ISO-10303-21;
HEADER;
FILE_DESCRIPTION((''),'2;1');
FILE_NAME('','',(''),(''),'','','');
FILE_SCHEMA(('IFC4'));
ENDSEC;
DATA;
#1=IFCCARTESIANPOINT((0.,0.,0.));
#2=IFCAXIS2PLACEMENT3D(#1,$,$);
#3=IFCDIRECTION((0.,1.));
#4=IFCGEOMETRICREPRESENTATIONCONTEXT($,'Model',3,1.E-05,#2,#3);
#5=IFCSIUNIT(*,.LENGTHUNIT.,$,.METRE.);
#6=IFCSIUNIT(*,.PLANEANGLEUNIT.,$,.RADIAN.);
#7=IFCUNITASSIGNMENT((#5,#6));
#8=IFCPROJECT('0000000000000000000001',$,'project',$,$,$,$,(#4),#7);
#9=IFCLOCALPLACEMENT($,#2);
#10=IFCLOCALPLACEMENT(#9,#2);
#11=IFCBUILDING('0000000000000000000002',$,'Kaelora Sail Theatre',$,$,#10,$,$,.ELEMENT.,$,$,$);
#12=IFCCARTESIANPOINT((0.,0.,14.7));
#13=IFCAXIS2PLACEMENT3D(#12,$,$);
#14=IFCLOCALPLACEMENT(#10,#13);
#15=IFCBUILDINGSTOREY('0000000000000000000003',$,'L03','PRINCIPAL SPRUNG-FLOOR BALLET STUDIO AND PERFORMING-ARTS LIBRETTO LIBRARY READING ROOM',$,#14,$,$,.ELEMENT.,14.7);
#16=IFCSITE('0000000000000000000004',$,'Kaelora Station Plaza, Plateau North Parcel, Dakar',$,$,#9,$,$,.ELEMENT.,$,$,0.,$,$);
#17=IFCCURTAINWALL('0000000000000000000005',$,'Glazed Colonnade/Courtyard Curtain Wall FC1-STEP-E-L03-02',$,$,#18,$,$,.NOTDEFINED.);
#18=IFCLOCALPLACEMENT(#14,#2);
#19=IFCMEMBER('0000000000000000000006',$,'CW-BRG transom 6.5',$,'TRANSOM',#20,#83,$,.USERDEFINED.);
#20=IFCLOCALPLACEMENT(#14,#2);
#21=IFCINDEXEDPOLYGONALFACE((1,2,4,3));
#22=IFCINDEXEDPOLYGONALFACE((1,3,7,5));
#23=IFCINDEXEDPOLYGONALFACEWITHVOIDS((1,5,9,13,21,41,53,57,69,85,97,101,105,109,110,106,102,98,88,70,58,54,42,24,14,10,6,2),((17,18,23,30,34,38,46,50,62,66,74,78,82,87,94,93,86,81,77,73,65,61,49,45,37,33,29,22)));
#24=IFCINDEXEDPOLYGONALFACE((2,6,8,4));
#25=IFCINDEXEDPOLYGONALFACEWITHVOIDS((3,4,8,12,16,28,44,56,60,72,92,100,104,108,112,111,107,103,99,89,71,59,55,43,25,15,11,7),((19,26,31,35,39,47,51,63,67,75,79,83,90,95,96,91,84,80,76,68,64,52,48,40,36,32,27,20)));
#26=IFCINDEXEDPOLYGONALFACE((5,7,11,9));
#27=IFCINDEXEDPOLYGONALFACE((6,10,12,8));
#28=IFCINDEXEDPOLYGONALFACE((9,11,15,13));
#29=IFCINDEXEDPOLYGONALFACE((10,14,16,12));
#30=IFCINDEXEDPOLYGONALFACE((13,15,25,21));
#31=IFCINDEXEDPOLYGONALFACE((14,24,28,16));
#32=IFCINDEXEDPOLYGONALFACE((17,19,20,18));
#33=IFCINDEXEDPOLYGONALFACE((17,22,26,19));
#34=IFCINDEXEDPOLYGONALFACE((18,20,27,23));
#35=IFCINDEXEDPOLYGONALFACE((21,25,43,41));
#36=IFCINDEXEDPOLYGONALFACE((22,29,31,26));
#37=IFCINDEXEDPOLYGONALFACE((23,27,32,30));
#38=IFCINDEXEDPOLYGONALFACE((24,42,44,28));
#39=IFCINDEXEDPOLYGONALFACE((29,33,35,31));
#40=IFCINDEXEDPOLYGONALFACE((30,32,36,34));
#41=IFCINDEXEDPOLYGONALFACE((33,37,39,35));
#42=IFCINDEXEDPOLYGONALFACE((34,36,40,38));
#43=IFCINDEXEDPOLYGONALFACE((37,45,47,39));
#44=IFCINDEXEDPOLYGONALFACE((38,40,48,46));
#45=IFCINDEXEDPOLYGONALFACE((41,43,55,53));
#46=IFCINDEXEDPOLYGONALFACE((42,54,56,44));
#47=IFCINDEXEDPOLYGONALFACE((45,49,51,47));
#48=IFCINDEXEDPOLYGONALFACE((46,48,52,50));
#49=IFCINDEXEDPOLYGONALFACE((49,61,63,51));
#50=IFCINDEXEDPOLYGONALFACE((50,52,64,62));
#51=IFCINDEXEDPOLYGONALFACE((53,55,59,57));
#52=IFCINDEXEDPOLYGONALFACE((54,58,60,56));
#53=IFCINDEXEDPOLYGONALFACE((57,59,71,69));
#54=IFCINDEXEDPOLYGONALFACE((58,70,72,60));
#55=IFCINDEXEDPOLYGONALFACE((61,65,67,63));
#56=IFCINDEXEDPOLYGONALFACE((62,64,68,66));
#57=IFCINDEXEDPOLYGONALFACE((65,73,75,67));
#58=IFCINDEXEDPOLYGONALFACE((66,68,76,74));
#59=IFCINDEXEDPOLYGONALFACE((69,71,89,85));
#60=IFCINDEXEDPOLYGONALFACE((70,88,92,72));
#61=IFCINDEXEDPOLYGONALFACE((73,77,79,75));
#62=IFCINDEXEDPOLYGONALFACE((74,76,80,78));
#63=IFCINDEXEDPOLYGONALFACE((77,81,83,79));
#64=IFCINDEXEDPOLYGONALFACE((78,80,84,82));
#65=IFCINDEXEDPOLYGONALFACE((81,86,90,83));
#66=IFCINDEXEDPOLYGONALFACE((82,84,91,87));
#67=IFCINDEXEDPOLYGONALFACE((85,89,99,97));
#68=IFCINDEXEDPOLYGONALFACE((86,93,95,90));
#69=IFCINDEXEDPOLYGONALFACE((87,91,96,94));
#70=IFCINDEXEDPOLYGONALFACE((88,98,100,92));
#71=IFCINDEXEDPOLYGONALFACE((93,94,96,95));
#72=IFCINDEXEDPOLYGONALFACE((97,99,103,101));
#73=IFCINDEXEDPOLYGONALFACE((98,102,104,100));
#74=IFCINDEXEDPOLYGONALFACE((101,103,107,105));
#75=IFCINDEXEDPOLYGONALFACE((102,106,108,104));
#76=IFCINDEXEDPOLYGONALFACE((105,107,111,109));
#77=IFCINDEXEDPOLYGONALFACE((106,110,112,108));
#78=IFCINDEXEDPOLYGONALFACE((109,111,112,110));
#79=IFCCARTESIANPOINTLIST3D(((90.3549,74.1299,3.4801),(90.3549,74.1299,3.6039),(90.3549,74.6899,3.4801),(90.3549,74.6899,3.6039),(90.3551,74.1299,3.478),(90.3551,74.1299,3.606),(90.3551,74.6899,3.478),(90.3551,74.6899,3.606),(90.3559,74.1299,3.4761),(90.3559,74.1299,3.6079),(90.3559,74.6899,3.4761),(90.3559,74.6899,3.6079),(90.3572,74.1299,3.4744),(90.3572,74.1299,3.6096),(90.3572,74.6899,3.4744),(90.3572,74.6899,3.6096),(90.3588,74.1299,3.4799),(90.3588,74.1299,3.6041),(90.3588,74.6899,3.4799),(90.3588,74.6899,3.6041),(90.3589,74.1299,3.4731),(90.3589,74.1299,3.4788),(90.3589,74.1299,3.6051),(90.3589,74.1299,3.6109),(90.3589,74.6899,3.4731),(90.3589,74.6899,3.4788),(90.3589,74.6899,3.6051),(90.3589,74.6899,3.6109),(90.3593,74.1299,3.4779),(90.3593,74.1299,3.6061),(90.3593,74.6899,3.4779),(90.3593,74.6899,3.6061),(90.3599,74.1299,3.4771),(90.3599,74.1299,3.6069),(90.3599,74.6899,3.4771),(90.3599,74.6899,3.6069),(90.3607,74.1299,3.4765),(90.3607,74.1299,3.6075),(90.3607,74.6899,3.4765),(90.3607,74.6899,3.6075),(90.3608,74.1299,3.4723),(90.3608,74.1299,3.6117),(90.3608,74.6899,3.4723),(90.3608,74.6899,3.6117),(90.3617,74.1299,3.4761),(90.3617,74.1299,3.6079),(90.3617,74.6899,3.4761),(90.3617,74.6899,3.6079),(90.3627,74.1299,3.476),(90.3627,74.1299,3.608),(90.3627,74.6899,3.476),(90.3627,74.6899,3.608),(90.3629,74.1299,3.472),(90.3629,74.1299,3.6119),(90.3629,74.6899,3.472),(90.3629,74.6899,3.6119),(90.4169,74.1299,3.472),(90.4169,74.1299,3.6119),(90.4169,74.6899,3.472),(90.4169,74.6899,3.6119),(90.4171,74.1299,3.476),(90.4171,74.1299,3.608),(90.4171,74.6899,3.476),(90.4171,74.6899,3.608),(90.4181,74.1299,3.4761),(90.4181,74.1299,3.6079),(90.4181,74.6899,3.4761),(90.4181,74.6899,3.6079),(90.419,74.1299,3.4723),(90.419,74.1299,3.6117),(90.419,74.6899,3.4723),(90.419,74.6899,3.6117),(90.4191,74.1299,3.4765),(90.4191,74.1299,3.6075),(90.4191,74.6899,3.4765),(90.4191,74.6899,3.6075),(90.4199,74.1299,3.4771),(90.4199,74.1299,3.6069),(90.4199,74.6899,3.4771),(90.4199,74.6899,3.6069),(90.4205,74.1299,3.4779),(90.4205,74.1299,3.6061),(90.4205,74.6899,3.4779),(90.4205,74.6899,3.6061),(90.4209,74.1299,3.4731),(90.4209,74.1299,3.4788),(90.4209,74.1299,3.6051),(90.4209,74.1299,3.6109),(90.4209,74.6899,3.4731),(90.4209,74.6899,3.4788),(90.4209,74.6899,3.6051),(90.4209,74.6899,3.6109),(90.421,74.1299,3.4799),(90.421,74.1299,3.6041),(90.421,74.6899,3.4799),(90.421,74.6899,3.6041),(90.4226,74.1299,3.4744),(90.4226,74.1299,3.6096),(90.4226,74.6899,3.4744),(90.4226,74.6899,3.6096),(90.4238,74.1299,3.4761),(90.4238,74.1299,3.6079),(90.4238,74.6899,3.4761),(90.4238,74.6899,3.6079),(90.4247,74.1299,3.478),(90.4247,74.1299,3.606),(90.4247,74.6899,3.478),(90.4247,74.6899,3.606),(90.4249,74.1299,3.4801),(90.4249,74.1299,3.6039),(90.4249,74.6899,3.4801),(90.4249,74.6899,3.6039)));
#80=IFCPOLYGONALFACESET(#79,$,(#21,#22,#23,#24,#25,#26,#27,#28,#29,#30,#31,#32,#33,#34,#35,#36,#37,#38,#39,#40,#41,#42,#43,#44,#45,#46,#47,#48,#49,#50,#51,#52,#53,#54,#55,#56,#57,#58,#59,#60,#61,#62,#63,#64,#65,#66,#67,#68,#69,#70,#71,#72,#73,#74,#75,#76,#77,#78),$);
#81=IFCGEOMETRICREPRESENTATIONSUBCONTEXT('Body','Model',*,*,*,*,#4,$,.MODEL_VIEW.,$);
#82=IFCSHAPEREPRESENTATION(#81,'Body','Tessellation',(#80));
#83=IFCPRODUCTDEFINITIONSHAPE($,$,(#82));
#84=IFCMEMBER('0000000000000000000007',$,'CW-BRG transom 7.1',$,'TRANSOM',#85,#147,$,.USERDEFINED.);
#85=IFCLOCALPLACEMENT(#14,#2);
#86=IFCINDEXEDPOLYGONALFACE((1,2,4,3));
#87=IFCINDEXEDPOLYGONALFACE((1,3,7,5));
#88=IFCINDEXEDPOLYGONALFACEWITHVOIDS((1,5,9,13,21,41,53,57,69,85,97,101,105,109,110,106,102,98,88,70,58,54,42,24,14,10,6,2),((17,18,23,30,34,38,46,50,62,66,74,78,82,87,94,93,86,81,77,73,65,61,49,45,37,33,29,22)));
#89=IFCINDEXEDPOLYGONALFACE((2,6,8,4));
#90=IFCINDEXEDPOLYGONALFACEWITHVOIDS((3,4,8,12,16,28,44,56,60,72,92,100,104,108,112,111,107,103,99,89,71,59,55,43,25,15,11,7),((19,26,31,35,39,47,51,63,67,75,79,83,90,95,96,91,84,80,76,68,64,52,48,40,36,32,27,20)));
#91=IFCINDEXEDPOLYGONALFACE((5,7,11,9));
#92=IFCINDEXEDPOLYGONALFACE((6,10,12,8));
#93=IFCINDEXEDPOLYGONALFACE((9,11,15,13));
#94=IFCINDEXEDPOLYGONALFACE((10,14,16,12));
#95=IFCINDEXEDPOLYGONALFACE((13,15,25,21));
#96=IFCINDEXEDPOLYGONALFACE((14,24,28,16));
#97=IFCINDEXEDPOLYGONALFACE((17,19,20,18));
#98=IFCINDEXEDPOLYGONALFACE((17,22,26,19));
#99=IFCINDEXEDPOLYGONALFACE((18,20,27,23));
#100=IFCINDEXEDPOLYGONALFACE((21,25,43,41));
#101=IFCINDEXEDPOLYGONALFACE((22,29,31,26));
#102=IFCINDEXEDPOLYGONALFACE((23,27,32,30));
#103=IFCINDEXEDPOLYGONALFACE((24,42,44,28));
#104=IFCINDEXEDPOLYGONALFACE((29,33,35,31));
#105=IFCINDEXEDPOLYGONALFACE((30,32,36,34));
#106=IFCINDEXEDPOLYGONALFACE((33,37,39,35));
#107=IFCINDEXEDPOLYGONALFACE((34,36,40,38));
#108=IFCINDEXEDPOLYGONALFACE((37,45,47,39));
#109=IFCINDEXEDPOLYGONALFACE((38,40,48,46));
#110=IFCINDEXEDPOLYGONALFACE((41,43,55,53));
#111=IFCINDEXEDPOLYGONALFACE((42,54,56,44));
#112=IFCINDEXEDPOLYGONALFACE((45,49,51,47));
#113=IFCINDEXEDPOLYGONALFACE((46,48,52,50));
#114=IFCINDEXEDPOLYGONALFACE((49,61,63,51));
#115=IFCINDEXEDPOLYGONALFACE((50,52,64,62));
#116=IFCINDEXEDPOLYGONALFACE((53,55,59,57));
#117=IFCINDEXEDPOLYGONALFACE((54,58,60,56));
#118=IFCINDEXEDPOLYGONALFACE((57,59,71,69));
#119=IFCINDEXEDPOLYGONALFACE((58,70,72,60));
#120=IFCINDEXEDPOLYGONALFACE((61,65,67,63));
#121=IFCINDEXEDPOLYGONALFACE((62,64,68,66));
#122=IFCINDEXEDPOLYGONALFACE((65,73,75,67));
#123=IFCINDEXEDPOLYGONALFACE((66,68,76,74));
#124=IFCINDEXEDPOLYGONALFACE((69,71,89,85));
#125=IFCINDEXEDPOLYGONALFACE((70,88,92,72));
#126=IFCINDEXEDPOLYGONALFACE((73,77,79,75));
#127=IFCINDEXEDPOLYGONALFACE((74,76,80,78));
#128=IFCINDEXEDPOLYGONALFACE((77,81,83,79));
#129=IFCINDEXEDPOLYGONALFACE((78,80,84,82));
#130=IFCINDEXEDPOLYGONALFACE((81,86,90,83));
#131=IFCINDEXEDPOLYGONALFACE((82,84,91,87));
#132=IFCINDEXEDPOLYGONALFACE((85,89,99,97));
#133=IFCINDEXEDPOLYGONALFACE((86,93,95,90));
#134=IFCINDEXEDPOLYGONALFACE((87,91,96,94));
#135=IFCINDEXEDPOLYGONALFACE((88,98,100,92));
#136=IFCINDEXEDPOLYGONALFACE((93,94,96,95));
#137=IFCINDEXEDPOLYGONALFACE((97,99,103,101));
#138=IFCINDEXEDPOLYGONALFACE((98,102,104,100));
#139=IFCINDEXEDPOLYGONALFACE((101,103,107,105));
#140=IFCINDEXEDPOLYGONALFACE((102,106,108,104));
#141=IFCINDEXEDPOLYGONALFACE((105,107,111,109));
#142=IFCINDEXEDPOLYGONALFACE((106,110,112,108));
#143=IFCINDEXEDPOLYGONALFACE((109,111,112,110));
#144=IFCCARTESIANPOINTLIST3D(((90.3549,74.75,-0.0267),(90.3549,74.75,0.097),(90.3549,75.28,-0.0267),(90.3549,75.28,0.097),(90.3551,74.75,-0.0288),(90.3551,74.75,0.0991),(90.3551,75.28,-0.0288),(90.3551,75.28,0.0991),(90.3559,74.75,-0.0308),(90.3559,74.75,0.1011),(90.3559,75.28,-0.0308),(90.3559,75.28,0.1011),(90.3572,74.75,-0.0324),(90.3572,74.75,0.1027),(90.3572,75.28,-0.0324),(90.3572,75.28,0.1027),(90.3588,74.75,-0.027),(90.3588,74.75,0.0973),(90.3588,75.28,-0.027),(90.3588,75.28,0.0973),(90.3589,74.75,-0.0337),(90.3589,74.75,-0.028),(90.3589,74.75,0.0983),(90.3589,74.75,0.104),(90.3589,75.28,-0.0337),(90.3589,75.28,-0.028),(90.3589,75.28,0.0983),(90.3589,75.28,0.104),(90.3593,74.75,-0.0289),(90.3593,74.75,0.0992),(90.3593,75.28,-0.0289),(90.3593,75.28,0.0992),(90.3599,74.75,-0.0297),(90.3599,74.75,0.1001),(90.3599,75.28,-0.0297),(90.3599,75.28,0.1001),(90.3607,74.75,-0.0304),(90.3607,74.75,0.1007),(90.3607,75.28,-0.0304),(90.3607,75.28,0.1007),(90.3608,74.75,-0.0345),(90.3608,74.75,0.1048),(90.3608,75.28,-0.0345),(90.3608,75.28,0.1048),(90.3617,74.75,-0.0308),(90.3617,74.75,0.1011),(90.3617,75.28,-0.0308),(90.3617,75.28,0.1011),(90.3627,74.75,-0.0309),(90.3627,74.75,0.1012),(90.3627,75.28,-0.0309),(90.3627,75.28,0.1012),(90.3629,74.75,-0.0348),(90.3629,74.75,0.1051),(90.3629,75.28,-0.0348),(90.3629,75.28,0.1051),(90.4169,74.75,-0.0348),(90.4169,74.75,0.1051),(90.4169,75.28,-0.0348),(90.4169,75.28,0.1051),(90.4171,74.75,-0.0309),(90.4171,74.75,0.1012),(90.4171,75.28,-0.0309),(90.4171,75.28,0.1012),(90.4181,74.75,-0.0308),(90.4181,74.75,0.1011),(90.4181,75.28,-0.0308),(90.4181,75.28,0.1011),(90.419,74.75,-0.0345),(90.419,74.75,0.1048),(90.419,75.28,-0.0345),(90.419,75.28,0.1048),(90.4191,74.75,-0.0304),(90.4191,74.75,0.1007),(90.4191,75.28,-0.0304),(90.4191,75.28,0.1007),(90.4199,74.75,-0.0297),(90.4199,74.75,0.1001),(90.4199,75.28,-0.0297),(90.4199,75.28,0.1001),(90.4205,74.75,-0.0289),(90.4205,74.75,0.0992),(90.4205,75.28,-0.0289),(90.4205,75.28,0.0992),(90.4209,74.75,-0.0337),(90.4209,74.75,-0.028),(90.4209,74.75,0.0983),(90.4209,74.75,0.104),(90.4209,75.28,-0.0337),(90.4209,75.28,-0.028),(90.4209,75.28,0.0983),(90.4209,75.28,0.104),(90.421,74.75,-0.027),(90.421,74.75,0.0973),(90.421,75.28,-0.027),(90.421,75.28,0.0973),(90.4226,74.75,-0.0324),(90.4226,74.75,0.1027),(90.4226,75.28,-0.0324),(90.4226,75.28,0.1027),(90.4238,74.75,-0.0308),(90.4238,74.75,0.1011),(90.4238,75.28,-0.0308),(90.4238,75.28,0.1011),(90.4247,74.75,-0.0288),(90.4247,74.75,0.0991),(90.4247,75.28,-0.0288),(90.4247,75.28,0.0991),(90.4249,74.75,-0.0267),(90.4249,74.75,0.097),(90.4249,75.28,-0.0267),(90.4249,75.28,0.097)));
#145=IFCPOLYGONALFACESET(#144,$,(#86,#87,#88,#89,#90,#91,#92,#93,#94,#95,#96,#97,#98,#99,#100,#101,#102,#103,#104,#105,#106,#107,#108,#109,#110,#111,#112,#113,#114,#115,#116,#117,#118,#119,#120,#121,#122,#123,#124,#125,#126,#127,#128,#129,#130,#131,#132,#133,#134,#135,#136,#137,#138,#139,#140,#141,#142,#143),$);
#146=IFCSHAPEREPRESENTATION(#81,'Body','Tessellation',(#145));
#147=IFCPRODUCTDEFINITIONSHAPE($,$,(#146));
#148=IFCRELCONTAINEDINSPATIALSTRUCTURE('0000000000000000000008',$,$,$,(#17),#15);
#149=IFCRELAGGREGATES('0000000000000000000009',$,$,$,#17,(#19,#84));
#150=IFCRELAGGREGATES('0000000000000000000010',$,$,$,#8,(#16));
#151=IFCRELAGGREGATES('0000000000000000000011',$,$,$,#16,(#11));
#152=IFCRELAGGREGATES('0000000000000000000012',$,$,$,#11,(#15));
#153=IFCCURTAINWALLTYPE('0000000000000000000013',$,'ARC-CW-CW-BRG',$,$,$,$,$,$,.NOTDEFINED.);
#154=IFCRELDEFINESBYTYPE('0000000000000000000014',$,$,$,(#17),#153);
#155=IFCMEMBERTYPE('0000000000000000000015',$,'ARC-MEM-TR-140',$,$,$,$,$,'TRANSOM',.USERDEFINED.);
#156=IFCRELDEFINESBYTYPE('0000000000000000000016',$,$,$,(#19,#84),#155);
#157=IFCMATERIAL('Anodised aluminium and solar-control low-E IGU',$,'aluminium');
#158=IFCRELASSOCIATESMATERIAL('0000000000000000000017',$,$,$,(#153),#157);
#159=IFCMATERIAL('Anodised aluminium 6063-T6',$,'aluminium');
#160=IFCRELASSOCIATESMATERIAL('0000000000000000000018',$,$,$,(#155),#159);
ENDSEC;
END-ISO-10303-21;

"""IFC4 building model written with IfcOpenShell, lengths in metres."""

from ifc_helpers import new_model, si_unit, direction, frame, origin, origin_2d, place, context, subcontext, project, spatial, hollow_rectangle, extrude, material, material_profile, profile_set, type_object, element, aggregate, save


model = new_model("IFC4")

# Units and contexts
model_context = context("Model", 3, precision=1e-05, world=origin(), true_north=direction((0.0, 1.0)))
body_context = subcontext(model_context, "Body", "Model", "MODEL_VIEW")
ifc_project = project(units=[si_unit("LENGTHUNIT", "METRE"), si_unit("PLANEANGLEUNIT", "RADIAN")], contexts=[model_context])

# Site, building, storey
site_placement = place(None, origin())
site = spatial("IfcSite", under=ifc_project, at=site_placement, Name="Kaelora Station Plaza, Plateau North Parcel, Dakar", CompositionType="ELEMENT", RefElevation=0.0)
building_placement = place(site_placement, origin())
building = spatial("IfcBuilding", under=site, at=building_placement, Name="Kaelora Sail Theatre", CompositionType="ELEMENT")
storey_placement = place(building_placement, frame((0.0, 0.0, 14.7)))
storey = spatial("IfcBuildingStorey", under=building, at=storey_placement, Name="L03", Description="PRINCIPAL SPRUNG-FLOOR BALLET STUDIO AND PERFORMING-ARTS LIBRETTO LIBRARY READING ROOM", CompositionType="ELEMENT", Elevation=14.7)

# Curtain wall
ifc_material_1 = material(Name="Anodised aluminium and solar-control low-E IGU", Category="aluminium")
curtain_wall_type = type_object("IfcCurtainWallType", Name="ARC-CW-CW-BRG", PredefinedType="NOTDEFINED", material=ifc_material_1)
curtain_wall_1_placement = place(storey_placement, origin())
curtain_wall_1 = element("IfcCurtainWall", 1, at=curtain_wall_1_placement, inside=storey, type_object=curtain_wall_type, Name="Glazed Colonnade/Courtyard Curtain Wall FC1-STEP-E-L03-02", PredefinedType="NOTDEFINED")

# Members
ifc_material_2 = material(Name="Anodised aluminium 6063-T6", Category="aluminium")
ifc_material_profile_1 = material_profile(ifc_material_2, hollow_rectangle(XDim=0.0701, YDim=0.1399, WallThickness=0.0039, InnerFilletRadius=0.0039, OuterFilletRadius=0.0081, at=origin_2d()), Name="ALU-TRAN 70x140x4")
ifc_profile_set_1 = profile_set([ifc_material_profile_1], Name="Anodised aluminium 6063-T6")
member_type_1 = type_object("IfcMemberType", Name="ARC-MEM-TR-140", ElementType="TRANSOM", PredefinedType="USERDEFINED", material=ifc_profile_set_1)
member_1_placement = place(storey_placement, frame((90.3899, 74.1299, 3.542), z_axis=(0.0, 1.0, 0.0), x_axis=(-1.0, 0.0, 0.0)))
member_1 = element("IfcMember", 2, at=member_1_placement, type_object=member_type_1, Name="CW-BRG transom 6.5", ObjectType="TRANSOM", PredefinedType="USERDEFINED", context=body_context, shape_type="SweptSolid", body=[
    extrude(hollow_rectangle(XDim=0.0701, YDim=0.1399, WallThickness=0.0039, InnerFilletRadius=0.0039, OuterFilletRadius=0.0081, at=origin_2d()), origin(), (0.0, 0.0, 1.0), 0.5601),
])
member_2_placement = place(storey_placement, frame((90.3899, 74.75, 0.0352), z_axis=(0.0, 1.0, 0.0), x_axis=(-1.0, 0.0, 0.0)))
member_2 = element("IfcMember", 3, at=member_2_placement, type_object=member_type_1, Name="CW-BRG transom 7.1", ObjectType="TRANSOM", PredefinedType="USERDEFINED", context=body_context, shape_type="SweptSolid", body=[
    extrude(hollow_rectangle(XDim=0.0701, YDim=0.1399, WallThickness=0.0039, InnerFilletRadius=0.0039, OuterFilletRadius=0.0081, at=origin_2d()), origin(), (0.0, 0.0, 1.0), 0.53),
])

aggregate(curtain_wall_1, [member_1, member_2])

save(model, "model.ifc")
